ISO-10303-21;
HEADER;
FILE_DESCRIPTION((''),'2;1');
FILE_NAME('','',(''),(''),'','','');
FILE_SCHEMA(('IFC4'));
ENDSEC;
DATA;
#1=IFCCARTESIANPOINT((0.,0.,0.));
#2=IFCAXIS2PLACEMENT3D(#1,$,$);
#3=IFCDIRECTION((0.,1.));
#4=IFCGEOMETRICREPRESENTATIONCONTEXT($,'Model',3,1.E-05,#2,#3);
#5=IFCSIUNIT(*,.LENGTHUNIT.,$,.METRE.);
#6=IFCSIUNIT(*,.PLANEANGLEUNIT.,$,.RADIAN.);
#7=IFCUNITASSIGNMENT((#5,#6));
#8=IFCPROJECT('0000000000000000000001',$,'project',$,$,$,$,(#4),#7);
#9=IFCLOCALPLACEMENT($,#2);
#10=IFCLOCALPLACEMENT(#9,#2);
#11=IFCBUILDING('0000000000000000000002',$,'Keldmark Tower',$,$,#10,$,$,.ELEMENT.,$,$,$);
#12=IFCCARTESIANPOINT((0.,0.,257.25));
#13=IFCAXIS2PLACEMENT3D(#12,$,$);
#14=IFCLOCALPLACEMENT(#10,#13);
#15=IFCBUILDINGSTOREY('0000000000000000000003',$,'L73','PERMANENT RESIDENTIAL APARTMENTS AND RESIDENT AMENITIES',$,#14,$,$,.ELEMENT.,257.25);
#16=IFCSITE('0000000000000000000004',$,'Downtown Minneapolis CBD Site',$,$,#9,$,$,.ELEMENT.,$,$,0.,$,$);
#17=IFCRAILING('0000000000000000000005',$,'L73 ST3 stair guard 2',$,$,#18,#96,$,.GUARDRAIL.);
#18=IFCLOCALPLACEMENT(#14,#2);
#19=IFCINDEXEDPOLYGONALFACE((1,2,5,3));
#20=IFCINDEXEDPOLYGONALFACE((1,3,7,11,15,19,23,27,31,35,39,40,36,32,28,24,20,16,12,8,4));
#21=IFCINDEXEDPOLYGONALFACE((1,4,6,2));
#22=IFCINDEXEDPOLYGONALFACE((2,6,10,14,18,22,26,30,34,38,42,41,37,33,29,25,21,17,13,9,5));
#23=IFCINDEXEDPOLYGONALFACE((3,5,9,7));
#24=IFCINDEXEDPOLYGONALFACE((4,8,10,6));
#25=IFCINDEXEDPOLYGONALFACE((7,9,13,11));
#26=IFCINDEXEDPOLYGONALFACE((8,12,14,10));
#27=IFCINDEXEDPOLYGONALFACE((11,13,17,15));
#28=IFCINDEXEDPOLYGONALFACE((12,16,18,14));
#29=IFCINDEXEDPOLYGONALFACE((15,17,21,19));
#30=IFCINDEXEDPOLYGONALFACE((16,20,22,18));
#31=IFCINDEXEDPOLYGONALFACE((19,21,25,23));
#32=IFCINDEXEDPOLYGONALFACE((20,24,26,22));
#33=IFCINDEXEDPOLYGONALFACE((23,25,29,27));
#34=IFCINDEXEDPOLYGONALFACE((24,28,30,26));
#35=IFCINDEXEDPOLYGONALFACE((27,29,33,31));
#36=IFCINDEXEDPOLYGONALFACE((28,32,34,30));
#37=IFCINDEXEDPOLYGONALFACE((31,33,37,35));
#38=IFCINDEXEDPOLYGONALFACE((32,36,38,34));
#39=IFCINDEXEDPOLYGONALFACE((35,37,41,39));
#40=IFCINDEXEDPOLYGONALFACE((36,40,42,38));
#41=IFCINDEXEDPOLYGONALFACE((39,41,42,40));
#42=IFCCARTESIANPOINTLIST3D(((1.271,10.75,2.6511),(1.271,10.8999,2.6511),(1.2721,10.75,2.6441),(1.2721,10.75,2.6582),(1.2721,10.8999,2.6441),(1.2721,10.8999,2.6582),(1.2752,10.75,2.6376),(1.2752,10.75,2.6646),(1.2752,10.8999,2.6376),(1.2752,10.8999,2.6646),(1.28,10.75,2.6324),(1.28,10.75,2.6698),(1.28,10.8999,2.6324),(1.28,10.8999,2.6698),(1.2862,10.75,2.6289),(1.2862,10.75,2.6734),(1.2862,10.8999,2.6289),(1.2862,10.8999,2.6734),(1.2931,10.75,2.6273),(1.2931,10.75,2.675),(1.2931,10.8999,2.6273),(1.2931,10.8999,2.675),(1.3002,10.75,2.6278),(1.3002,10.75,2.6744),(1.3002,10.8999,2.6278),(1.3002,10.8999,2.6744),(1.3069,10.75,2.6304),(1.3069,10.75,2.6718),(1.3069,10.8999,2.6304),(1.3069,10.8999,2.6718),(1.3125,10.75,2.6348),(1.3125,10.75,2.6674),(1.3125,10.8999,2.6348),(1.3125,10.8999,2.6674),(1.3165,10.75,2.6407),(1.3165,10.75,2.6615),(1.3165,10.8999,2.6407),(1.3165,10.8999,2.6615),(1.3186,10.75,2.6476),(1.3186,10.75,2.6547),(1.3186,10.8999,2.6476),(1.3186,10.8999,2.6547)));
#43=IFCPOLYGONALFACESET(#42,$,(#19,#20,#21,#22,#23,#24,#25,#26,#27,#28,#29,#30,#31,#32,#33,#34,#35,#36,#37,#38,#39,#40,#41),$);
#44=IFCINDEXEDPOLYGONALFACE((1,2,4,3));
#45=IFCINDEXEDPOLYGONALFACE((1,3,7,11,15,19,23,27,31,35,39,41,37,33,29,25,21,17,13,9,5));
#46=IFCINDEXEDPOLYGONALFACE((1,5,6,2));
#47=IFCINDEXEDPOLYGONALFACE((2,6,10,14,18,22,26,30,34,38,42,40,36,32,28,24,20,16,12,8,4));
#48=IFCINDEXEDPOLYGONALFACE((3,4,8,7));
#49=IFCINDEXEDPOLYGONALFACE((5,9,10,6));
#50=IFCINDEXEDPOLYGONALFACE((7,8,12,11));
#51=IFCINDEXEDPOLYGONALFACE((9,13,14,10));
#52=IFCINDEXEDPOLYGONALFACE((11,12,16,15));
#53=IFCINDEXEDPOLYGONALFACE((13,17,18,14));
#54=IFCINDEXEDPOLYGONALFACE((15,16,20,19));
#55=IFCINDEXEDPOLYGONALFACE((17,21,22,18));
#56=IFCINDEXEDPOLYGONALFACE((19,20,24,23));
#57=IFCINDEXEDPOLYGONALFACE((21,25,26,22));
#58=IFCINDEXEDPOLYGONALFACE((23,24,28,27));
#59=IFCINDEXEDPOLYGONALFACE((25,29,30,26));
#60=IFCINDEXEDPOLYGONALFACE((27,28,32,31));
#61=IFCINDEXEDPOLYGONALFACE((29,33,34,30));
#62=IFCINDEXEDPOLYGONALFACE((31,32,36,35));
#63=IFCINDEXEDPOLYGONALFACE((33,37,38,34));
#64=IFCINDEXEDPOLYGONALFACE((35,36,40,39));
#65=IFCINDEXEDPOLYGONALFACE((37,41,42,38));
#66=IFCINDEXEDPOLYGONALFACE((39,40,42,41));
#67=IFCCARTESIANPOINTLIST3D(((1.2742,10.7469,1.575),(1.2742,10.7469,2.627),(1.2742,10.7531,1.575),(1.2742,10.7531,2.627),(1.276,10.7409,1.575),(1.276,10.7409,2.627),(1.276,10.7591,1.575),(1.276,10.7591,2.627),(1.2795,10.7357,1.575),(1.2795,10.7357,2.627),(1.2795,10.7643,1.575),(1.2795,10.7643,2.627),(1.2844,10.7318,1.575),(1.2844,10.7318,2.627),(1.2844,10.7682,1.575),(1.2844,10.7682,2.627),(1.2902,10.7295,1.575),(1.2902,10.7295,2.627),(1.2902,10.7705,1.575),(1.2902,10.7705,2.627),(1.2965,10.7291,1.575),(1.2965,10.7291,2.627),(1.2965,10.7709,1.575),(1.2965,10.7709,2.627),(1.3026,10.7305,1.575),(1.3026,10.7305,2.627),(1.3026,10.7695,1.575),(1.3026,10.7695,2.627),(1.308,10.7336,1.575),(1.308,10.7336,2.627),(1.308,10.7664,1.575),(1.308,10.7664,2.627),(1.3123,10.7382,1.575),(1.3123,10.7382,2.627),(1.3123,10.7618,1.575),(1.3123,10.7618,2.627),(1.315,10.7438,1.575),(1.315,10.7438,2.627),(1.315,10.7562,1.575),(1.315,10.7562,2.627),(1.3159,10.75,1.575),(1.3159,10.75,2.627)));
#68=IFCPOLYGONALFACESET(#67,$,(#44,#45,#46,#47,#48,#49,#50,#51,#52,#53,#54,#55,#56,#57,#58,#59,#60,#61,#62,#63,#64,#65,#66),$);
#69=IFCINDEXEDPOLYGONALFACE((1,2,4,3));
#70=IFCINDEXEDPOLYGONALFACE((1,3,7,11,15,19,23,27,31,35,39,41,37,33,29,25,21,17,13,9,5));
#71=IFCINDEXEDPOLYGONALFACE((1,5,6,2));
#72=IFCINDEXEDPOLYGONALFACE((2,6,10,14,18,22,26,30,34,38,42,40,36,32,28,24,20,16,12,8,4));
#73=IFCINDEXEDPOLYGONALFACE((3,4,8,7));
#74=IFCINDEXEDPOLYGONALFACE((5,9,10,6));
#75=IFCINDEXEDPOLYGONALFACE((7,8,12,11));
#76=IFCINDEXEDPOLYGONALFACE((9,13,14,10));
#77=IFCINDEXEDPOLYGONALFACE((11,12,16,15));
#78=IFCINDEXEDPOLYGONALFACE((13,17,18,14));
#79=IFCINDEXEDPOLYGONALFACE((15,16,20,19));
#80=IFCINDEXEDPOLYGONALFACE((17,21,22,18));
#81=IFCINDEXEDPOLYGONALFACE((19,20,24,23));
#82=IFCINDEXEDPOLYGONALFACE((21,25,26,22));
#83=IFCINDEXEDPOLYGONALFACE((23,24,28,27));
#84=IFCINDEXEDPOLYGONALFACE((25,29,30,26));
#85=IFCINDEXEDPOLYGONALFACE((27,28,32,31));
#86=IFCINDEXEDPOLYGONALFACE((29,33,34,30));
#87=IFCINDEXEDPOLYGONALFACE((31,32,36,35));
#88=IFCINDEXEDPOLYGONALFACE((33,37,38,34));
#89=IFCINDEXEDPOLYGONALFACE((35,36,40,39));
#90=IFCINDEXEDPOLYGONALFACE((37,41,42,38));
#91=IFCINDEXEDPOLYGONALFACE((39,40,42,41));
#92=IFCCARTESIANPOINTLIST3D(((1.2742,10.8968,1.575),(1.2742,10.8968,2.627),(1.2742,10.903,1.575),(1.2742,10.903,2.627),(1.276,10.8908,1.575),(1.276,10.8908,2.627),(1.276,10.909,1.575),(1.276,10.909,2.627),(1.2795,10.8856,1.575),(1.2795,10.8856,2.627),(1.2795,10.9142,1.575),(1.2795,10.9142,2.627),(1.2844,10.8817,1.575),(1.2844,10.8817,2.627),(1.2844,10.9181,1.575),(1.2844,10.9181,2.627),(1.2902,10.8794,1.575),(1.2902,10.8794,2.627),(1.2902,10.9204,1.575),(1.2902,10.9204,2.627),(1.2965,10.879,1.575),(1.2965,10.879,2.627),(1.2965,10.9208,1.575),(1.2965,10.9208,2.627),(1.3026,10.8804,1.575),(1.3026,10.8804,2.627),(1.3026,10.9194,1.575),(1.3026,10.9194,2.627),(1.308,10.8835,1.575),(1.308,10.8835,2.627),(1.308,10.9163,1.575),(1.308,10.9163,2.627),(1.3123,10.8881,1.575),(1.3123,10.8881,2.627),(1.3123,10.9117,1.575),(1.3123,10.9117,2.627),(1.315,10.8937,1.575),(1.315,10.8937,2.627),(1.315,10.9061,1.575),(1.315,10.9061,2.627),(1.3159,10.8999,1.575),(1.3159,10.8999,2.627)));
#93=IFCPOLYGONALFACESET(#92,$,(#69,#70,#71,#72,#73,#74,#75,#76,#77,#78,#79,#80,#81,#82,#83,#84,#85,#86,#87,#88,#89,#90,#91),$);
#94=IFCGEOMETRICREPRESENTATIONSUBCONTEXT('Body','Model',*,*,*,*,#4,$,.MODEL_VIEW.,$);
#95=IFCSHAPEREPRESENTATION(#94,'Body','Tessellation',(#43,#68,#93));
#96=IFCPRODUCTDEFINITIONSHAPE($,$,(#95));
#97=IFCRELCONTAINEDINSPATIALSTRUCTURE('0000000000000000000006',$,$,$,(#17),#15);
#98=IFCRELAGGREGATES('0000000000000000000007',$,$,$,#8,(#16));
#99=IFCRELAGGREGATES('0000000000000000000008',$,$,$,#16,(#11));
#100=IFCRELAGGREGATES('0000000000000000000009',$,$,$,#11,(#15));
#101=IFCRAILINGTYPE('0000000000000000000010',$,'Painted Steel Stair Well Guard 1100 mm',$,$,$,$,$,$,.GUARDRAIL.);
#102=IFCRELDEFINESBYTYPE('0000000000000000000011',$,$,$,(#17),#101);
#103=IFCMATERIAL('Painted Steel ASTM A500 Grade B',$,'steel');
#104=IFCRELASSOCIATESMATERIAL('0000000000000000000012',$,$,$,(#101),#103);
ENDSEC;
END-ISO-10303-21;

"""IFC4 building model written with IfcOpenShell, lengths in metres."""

from ifc_helpers import new_model, si_unit, direction, frame, origin, origin_2d, place, context, subcontext, project, spatial, circle, extrude, material, type_object, element, save


model = new_model("IFC4")

# Units and contexts
model_context = context("Model", 3, precision=1e-05, world=origin(), true_north=direction((0.0, 1.0)))
body_context = subcontext(model_context, "Body", "Model", "MODEL_VIEW")
ifc_project = project(units=[si_unit("LENGTHUNIT", "METRE"), si_unit("PLANEANGLEUNIT", "RADIAN")], contexts=[model_context])

# Site, building, storey
site_placement = place(None, origin())
site = spatial("IfcSite", under=ifc_project, at=site_placement, Name="Downtown Minneapolis CBD Site", CompositionType="ELEMENT", RefElevation=0.0)
building_placement = place(site_placement, origin())
building = spatial("IfcBuilding", under=site, at=building_placement, Name="Keldmark Tower", CompositionType="ELEMENT")
storey_placement = place(building_placement, frame((0.0, 0.0, 257.25)))
storey = spatial("IfcBuildingStorey", under=building, at=storey_placement, Name="L73", Description="PERMANENT RESIDENTIAL APARTMENTS AND RESIDENT AMENITIES", CompositionType="ELEMENT", Elevation=257.25)

# Railing
ifc_material_1 = material(Name="Painted Steel ASTM A500 Grade B", Category="steel")
railing_type_1 = type_object("IfcRailingType", Name="Painted Steel Stair Well Guard 1100 mm", PredefinedType="GUARDRAIL", material=ifc_material_1)
railing_1_placement = place(storey_placement, frame((1.2949, 10.75, 1.575)))
element("IfcRailing", 1, at=railing_1_placement, inside=storey, type_object=railing_type_1, Name="L73 ST3 stair guard 2", PredefinedType="GUARDRAIL", context=body_context, shape_type="SweptSolid", body=[
    extrude(circle(Radius=0.0239, at=origin_2d()), frame((0.0, 0.0, 1.0762), z_axis=(0.0, 1.0, 0.0), x_axis=(-1.0, 0.0, 0.0)), (0.0, 0.0, 1.0), 0.1499),
    extrude(circle(Radius=0.021, at=origin_2d()), origin(), (0.0, 0.0, 1.0), 1.052),
    extrude(circle(Radius=0.021, at=origin_2d()), frame((0.0, 0.1499, 0.0)), (0.0, 0.0, 1.0), 1.052),
])

save(model, "model.ifc")
